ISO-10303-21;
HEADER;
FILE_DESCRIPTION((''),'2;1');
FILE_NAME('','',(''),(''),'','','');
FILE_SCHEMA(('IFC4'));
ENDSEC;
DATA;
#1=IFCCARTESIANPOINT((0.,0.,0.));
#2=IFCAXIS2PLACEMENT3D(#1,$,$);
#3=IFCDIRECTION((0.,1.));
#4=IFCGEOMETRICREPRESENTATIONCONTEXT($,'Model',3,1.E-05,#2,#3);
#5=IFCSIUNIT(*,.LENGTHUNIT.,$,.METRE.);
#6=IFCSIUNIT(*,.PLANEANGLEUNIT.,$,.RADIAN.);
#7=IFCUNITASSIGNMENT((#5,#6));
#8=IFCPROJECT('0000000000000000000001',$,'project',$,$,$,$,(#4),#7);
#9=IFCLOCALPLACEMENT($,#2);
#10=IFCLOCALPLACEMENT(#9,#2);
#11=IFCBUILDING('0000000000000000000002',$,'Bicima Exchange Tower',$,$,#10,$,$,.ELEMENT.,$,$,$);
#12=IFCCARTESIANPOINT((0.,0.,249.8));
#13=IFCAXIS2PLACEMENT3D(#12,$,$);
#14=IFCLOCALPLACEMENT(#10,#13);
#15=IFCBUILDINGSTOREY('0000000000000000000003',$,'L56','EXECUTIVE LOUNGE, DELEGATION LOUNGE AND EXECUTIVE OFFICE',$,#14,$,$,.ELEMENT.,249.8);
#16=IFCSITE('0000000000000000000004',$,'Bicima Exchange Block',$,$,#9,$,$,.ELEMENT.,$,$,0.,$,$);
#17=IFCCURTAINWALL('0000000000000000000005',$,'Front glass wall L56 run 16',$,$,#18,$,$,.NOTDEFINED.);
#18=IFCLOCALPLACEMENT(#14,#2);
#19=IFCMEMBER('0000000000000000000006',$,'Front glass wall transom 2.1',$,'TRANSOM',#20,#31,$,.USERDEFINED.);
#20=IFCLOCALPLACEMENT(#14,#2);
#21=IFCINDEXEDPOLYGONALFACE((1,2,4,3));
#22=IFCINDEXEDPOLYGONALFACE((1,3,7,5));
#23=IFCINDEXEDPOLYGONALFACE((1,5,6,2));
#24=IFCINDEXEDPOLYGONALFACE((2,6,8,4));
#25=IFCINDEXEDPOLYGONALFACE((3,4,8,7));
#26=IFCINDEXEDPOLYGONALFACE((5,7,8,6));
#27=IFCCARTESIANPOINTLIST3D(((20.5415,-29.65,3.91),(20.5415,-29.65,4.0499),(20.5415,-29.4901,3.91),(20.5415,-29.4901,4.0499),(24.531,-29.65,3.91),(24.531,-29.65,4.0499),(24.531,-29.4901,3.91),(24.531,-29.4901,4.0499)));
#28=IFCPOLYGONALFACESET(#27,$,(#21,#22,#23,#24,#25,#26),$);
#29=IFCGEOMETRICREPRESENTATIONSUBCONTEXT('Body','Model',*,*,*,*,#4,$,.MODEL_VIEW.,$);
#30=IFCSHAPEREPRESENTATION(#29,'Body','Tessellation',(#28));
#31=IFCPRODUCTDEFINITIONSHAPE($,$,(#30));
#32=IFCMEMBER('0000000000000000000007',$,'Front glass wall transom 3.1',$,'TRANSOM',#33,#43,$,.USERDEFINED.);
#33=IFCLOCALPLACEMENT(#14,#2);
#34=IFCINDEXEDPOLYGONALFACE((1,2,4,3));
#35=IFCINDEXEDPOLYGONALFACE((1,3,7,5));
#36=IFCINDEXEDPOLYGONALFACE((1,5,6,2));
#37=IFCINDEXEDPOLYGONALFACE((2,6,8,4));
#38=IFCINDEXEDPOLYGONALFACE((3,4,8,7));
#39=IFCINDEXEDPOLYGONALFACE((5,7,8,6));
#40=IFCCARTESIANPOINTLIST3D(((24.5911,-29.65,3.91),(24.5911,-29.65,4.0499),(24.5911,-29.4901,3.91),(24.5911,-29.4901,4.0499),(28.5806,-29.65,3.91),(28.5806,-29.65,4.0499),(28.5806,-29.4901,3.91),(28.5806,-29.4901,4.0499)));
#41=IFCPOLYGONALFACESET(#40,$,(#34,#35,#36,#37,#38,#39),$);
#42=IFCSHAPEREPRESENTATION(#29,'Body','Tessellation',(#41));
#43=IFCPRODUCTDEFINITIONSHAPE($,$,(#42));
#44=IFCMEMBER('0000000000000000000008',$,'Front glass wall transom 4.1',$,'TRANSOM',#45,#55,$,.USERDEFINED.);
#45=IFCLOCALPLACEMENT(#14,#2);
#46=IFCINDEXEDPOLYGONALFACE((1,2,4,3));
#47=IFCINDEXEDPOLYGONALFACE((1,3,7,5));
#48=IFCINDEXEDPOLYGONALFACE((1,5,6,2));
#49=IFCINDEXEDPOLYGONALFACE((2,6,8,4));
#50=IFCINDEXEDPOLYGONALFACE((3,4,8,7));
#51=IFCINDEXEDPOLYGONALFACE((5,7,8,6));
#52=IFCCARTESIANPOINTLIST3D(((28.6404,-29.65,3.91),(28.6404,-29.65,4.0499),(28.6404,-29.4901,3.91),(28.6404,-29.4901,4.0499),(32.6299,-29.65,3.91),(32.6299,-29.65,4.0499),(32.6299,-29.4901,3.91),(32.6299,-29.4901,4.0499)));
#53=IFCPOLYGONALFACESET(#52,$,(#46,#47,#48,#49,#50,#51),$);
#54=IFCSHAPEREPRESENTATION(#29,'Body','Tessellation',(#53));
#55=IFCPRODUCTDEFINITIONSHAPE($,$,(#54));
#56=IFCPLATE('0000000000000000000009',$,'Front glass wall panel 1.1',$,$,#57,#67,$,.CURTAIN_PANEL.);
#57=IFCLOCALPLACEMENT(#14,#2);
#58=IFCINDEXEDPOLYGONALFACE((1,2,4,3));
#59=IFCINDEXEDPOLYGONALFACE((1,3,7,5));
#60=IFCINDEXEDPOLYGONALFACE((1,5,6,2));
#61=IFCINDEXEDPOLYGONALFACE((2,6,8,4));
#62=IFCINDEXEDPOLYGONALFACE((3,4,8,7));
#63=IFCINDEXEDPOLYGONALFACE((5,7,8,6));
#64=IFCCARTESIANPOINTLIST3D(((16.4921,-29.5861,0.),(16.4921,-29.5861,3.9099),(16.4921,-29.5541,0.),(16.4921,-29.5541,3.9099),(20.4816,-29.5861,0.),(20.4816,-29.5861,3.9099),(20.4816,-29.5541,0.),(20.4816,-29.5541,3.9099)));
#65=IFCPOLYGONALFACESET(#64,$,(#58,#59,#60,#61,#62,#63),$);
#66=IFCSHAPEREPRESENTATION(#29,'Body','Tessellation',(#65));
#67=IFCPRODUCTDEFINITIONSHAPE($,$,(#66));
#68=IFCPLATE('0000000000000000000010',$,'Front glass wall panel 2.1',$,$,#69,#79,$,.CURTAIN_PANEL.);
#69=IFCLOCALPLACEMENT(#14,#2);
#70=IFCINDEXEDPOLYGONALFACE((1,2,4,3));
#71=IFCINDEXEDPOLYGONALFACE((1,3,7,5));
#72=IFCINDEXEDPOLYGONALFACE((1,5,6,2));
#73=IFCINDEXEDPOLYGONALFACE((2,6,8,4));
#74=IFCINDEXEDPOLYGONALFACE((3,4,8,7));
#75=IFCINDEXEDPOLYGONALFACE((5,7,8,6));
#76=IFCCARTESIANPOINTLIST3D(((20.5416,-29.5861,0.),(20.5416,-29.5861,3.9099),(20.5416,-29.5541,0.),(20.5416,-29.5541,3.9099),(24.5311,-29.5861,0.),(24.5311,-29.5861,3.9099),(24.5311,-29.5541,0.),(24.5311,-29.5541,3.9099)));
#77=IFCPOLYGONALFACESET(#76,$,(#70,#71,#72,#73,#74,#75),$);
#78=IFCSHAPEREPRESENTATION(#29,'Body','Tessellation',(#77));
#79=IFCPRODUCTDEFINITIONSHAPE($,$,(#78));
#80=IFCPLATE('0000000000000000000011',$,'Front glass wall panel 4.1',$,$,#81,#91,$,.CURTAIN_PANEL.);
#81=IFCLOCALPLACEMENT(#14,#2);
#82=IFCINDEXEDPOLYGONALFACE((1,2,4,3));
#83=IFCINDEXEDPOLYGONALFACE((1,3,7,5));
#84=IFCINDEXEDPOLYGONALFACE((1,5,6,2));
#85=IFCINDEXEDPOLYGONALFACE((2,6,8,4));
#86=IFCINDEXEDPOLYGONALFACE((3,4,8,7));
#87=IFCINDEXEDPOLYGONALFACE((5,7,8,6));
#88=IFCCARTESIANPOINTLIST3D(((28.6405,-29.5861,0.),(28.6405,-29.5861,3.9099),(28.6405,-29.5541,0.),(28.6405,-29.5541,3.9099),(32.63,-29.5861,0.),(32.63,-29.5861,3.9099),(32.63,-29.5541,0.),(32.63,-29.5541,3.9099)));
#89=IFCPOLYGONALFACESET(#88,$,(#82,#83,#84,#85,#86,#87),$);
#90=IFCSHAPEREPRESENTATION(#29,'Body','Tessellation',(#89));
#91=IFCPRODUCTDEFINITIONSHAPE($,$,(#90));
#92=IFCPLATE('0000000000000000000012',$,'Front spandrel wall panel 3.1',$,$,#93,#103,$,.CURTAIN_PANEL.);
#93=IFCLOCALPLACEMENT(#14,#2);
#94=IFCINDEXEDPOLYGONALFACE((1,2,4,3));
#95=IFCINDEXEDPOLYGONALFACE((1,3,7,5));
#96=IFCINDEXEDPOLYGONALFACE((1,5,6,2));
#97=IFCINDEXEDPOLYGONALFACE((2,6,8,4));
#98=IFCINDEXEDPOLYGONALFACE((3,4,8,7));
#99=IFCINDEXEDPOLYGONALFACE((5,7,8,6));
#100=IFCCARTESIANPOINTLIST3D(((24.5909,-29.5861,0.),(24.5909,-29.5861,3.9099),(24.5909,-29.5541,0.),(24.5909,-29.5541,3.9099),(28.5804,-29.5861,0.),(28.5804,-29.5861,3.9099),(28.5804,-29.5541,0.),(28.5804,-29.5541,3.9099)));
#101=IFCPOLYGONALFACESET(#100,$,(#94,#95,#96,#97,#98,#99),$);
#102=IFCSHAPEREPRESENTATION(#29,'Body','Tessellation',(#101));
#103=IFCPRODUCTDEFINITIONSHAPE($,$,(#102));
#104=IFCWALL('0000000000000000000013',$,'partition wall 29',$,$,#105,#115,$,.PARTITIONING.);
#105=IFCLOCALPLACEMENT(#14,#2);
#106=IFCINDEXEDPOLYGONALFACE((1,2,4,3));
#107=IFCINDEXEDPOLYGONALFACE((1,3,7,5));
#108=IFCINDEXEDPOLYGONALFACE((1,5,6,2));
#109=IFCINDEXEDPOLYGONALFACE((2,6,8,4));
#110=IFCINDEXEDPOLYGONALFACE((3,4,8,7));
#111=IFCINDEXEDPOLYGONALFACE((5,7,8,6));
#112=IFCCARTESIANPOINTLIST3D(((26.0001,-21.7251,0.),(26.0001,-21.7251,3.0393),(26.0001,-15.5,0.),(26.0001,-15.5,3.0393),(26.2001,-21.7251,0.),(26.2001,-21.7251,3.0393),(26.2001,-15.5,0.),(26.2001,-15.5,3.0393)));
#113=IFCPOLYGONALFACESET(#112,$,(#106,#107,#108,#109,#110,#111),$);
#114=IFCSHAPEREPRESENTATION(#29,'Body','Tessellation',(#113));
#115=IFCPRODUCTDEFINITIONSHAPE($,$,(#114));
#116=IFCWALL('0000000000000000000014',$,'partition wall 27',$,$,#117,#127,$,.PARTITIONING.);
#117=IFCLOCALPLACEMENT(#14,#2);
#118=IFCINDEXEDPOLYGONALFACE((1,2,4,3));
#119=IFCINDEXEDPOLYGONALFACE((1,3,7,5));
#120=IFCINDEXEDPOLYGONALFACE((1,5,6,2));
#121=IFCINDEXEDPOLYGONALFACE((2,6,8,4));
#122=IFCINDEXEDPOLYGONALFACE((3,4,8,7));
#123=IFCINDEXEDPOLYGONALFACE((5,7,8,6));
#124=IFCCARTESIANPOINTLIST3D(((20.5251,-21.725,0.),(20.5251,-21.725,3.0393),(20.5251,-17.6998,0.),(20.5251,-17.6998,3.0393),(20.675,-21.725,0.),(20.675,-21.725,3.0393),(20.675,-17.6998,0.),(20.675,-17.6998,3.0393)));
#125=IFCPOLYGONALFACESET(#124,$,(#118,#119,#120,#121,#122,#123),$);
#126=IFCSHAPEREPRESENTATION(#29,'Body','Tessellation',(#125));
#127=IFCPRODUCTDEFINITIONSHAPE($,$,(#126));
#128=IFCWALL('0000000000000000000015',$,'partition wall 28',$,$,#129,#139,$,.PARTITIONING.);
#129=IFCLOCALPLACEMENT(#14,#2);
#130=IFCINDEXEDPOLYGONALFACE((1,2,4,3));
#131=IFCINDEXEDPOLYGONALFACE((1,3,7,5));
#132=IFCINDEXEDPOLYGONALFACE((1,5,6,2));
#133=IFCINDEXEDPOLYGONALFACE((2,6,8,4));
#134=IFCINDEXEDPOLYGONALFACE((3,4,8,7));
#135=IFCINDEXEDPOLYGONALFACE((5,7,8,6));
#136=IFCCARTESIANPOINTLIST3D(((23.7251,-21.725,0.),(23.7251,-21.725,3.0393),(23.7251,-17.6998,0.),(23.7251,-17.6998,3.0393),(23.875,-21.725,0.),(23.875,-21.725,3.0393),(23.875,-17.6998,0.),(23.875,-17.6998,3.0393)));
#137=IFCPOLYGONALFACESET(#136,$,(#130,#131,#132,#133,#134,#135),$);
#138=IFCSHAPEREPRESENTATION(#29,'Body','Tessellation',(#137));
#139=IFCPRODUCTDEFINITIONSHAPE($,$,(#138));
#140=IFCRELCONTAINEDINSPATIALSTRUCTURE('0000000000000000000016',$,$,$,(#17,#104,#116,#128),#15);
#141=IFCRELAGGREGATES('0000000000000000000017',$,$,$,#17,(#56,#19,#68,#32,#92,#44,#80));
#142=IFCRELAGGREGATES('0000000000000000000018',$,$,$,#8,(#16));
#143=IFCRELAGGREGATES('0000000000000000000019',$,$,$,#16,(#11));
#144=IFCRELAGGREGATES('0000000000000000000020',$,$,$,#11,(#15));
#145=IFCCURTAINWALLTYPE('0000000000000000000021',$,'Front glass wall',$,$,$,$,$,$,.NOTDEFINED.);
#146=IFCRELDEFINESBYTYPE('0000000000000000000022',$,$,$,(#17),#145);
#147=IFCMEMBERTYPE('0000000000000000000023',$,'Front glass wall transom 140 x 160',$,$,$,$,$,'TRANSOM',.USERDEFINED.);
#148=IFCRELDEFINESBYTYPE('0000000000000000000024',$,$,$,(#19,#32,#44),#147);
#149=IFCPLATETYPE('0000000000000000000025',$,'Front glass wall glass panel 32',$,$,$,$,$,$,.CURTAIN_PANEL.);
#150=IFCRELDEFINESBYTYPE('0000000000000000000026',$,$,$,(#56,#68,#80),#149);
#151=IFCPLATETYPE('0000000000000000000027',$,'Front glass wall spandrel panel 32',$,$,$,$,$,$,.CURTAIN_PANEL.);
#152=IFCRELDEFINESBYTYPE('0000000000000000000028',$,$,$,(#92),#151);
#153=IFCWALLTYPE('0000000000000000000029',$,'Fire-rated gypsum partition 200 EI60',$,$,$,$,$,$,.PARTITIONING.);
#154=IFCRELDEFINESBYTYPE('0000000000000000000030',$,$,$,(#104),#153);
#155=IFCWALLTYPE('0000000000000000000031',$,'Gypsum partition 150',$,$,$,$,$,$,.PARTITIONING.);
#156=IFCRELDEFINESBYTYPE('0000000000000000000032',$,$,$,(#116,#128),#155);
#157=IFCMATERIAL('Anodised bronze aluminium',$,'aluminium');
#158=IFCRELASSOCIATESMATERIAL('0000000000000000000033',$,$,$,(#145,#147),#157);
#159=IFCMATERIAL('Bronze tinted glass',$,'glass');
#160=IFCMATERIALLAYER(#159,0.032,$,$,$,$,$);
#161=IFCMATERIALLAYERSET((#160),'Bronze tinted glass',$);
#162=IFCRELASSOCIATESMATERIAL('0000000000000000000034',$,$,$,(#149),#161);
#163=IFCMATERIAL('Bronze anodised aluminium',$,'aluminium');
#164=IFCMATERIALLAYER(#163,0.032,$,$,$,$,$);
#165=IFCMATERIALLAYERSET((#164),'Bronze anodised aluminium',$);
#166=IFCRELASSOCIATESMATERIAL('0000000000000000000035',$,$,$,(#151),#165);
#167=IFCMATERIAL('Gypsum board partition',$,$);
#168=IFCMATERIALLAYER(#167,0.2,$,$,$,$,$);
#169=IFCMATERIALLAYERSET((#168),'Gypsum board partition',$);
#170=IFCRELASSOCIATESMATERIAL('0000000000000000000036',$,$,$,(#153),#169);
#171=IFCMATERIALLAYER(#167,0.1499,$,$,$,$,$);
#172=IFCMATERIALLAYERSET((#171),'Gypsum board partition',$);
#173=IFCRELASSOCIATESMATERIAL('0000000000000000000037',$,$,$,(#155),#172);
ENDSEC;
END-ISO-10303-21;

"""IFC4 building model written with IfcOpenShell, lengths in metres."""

from ifc_helpers import new_model, si_unit, direction, frame, frame_2d, origin, origin_2d, place, context, subcontext, project, spatial, rectangle, extrude, material, layer, layer_set, material_profile, profile_set, type_object, element, aggregate, save


model = new_model("IFC4")

# Units and contexts
model_context = context("Model", 3, precision=1e-05, world=origin(), true_north=direction((0.0, 1.0)))
body_context = subcontext(model_context, "Body", "Model", "MODEL_VIEW")
ifc_project = project(units=[si_unit("LENGTHUNIT", "METRE"), si_unit("PLANEANGLEUNIT", "RADIAN")], contexts=[model_context])

# Site, building, storey
site_placement = place(None, origin())
site = spatial("IfcSite", under=ifc_project, at=site_placement, Name="Bicima Exchange Block", CompositionType="ELEMENT", RefElevation=0.0)
building_placement = place(site_placement, origin())
building = spatial("IfcBuilding", under=site, at=building_placement, Name="Bicima Exchange Tower", CompositionType="ELEMENT")
storey_placement = place(building_placement, frame((0.0, 0.0, 249.8)))
storey = spatial("IfcBuildingStorey", under=building, at=storey_placement, Name="L56", Description="EXECUTIVE LOUNGE, DELEGATION LOUNGE AND EXECUTIVE OFFICE", CompositionType="ELEMENT", Elevation=249.8)

# Curtain wall, members, plates
ifc_material_1 = material(Name="Anodised bronze aluminium", Category="aluminium")
curtain_wall_type = type_object("IfcCurtainWallType", Name="Front glass wall", PredefinedType="NOTDEFINED", material=ifc_material_1)
curtain_wall_placement = place(storey_placement, origin())
curtain_wall = element("IfcCurtainWall", 1, at=curtain_wall_placement, inside=storey, type_object=curtain_wall_type, Name="Front glass wall L56 run 16", PredefinedType="NOTDEFINED")
ifc_material_profile_1 = material_profile(ifc_material_1, rectangle(XDim=0.1599, YDim=0.1399, at=origin_2d()))
ifc_profile_set_1 = profile_set([ifc_material_profile_1], Name="Anodised bronze aluminium")
member_type_1 = type_object("IfcMemberType", Name="Front glass wall transom 140 x 160", ElementType="TRANSOM", PredefinedType="USERDEFINED", material=ifc_profile_set_1)
member_1_placement = place(storey_placement, frame((20.5415, -29.5701, 3.98), z_axis=(1.0, 0.0, 0.0), x_axis=(0.0, 1.0, 0.0)))
member_1 = element("IfcMember", 2, at=member_1_placement, type_object=member_type_1, Name="Front glass wall transom 2.1", ObjectType="TRANSOM", PredefinedType="USERDEFINED", context=body_context, shape_type="SweptSolid", body=[
    extrude(rectangle(XDim=0.1599, YDim=0.1399, at=origin_2d()), origin(), (0.0, 0.0, 1.0), 3.9895),
])
member_2_placement = place(storey_placement, frame((24.5911, -29.5701, 3.98), z_axis=(1.0, 0.0, 0.0), x_axis=(0.0, 1.0, 0.0)))
member_2 = element("IfcMember", 3, at=member_2_placement, type_object=member_type_1, Name="Front glass wall transom 3.1", ObjectType="TRANSOM", PredefinedType="USERDEFINED", context=body_context, shape_type="SweptSolid", body=[
    extrude(rectangle(XDim=0.1599, YDim=0.1399, at=origin_2d()), origin(), (0.0, 0.0, 1.0), 3.9895),
])
member_3_placement = place(storey_placement, frame((28.6404, -29.5701, 3.98), z_axis=(1.0, 0.0, 0.0), x_axis=(0.0, 1.0, 0.0)))
member_3 = element("IfcMember", 4, at=member_3_placement, type_object=member_type_1, Name="Front glass wall transom 4.1", ObjectType="TRANSOM", PredefinedType="USERDEFINED", context=body_context, shape_type="SweptSolid", body=[
    extrude(rectangle(XDim=0.1599, YDim=0.1399, at=origin_2d()), origin(), (0.0, 0.0, 1.0), 3.9895),
])
ifc_material_2 = material(Name="Bronze tinted glass", Category="glass")
ifc_layer_1 = layer(ifc_material_2, 0.032)
ifc_layer_set_1 = layer_set([ifc_layer_1], Name="Bronze tinted glass")
plate_type_1 = type_object("IfcPlateType", Name="Front glass wall glass panel 32", PredefinedType="CURTAIN_PANEL", material=ifc_layer_set_1)
plate_1_placement = place(storey_placement, frame((18.4868, -29.5701, 0.0), z_axis=(0.0, 0.0, 1.0), x_axis=(1.0, 0.0, 0.0)))
plate_1 = element("IfcPlate", 5, at=plate_1_placement, type_object=plate_type_1, Name="Front glass wall panel 1.1", PredefinedType="CURTAIN_PANEL", context=body_context, shape_type="SweptSolid", body=[
    extrude(rectangle(XDim=3.9895, YDim=0.032, at=origin_2d()), origin(), (0.0, 0.0, 1.0), 3.9099),
])
plate_2_placement = place(storey_placement, frame((22.5364, -29.5701, 0.0), z_axis=(0.0, 0.0, 1.0), x_axis=(1.0, 0.0, 0.0)))
plate_2 = element("IfcPlate", 6, at=plate_2_placement, type_object=plate_type_1, Name="Front glass wall panel 2.1", PredefinedType="CURTAIN_PANEL", context=body_context, shape_type="SweptSolid", body=[
    extrude(rectangle(XDim=3.9895, YDim=0.032, at=origin_2d()), origin(), (0.0, 0.0, 1.0), 3.9099),
])
plate_3_placement = place(storey_placement, frame((30.6353, -29.5701, 0.0), z_axis=(0.0, 0.0, 1.0), x_axis=(1.0, 0.0, 0.0)))
plate_3 = element("IfcPlate", 7, at=plate_3_placement, type_object=plate_type_1, Name="Front glass wall panel 4.1", PredefinedType="CURTAIN_PANEL", context=body_context, shape_type="SweptSolid", body=[
    extrude(rectangle(XDim=3.9895, YDim=0.032, at=origin_2d()), origin(), (0.0, 0.0, 1.0), 3.9099),
])
ifc_material_3 = material(Name="Bronze anodised aluminium", Category="aluminium")
ifc_layer_2 = layer(ifc_material_3, 0.032)
ifc_layer_set_2 = layer_set([ifc_layer_2], Name="Bronze anodised aluminium")
plate_type_2 = type_object("IfcPlateType", Name="Front glass wall spandrel panel 32", PredefinedType="CURTAIN_PANEL", material=ifc_layer_set_2)
plate_4_placement = place(storey_placement, frame((26.5857, -29.5701, 0.0), z_axis=(0.0, 0.0, 1.0), x_axis=(1.0, 0.0, 0.0)))
plate_4 = element("IfcPlate", 8, at=plate_4_placement, type_object=plate_type_2, Name="Front spandrel wall panel 3.1", PredefinedType="CURTAIN_PANEL", context=body_context, shape_type="SweptSolid", body=[
    extrude(rectangle(XDim=3.9895, YDim=0.032, at=origin_2d()), origin(), (0.0, 0.0, 1.0), 3.9099),
])
aggregate(curtain_wall, [plate_1, member_1, plate_2, member_2, plate_4, member_3, plate_3])

# Walls
ifc_material_4 = material(Name="Gypsum board partition")
ifc_layer_3 = layer(ifc_material_4, 0.2)
ifc_layer_set_3 = layer_set([ifc_layer_3], Name="Gypsum board partition")
wall_type_1 = type_object("IfcWallType", Name="Fire-rated gypsum partition 200 EI60", PredefinedType="PARTITIONING", material=ifc_layer_set_3)
wall_placement = place(storey_placement, frame((26.1001, -21.7251, 0.0), z_axis=(0.0, 0.0, 1.0), x_axis=(0.0, 1.0, 0.0)))
element("IfcWall", 9, at=wall_placement, inside=storey, type_object=wall_type_1, Name="partition wall 29", PredefinedType="PARTITIONING", context=body_context, shape_type="SweptSolid", body=[
    extrude(rectangle(XDim=6.2251, YDim=0.2, at=frame_2d((3.1125, 0.0))), origin(), (0.0, 0.0, 1.0), 3.0393),
])
ifc_layer_4 = layer(ifc_material_4, 0.1499)
ifc_layer_set_4 = layer_set([ifc_layer_4], Name="Gypsum board partition")
wall_type_2 = type_object("IfcWallType", Name="Gypsum partition 150", PredefinedType="PARTITIONING", material=ifc_layer_set_4)
for number, where, z_axis, x_axis, name in (
    (10, (20.6001, -21.7251, 0.0), (0.0, 0.0, 1.0), (0.0, 1.0, 0.0), "partition wall 27"),
    (11, (23.8, -21.7251, 0.0), (0.0, 0.0, 1.0), (0.0, 1.0, 0.0), "partition wall 28"),
):
    element("IfcWall", number, at=place(storey_placement, frame(where, z_axis=z_axis, x_axis=x_axis)), inside=storey, type_object=wall_type_2, Name=name, PredefinedType="PARTITIONING", context=body_context, shape_type="SweptSolid", body=[
        extrude(rectangle(XDim=4.0251, YDim=0.1499, at=frame_2d((2.0127, 0.0))), origin(), (0.0, 0.0, 1.0), 3.0393),
    ])

save(model, "model.ifc")
